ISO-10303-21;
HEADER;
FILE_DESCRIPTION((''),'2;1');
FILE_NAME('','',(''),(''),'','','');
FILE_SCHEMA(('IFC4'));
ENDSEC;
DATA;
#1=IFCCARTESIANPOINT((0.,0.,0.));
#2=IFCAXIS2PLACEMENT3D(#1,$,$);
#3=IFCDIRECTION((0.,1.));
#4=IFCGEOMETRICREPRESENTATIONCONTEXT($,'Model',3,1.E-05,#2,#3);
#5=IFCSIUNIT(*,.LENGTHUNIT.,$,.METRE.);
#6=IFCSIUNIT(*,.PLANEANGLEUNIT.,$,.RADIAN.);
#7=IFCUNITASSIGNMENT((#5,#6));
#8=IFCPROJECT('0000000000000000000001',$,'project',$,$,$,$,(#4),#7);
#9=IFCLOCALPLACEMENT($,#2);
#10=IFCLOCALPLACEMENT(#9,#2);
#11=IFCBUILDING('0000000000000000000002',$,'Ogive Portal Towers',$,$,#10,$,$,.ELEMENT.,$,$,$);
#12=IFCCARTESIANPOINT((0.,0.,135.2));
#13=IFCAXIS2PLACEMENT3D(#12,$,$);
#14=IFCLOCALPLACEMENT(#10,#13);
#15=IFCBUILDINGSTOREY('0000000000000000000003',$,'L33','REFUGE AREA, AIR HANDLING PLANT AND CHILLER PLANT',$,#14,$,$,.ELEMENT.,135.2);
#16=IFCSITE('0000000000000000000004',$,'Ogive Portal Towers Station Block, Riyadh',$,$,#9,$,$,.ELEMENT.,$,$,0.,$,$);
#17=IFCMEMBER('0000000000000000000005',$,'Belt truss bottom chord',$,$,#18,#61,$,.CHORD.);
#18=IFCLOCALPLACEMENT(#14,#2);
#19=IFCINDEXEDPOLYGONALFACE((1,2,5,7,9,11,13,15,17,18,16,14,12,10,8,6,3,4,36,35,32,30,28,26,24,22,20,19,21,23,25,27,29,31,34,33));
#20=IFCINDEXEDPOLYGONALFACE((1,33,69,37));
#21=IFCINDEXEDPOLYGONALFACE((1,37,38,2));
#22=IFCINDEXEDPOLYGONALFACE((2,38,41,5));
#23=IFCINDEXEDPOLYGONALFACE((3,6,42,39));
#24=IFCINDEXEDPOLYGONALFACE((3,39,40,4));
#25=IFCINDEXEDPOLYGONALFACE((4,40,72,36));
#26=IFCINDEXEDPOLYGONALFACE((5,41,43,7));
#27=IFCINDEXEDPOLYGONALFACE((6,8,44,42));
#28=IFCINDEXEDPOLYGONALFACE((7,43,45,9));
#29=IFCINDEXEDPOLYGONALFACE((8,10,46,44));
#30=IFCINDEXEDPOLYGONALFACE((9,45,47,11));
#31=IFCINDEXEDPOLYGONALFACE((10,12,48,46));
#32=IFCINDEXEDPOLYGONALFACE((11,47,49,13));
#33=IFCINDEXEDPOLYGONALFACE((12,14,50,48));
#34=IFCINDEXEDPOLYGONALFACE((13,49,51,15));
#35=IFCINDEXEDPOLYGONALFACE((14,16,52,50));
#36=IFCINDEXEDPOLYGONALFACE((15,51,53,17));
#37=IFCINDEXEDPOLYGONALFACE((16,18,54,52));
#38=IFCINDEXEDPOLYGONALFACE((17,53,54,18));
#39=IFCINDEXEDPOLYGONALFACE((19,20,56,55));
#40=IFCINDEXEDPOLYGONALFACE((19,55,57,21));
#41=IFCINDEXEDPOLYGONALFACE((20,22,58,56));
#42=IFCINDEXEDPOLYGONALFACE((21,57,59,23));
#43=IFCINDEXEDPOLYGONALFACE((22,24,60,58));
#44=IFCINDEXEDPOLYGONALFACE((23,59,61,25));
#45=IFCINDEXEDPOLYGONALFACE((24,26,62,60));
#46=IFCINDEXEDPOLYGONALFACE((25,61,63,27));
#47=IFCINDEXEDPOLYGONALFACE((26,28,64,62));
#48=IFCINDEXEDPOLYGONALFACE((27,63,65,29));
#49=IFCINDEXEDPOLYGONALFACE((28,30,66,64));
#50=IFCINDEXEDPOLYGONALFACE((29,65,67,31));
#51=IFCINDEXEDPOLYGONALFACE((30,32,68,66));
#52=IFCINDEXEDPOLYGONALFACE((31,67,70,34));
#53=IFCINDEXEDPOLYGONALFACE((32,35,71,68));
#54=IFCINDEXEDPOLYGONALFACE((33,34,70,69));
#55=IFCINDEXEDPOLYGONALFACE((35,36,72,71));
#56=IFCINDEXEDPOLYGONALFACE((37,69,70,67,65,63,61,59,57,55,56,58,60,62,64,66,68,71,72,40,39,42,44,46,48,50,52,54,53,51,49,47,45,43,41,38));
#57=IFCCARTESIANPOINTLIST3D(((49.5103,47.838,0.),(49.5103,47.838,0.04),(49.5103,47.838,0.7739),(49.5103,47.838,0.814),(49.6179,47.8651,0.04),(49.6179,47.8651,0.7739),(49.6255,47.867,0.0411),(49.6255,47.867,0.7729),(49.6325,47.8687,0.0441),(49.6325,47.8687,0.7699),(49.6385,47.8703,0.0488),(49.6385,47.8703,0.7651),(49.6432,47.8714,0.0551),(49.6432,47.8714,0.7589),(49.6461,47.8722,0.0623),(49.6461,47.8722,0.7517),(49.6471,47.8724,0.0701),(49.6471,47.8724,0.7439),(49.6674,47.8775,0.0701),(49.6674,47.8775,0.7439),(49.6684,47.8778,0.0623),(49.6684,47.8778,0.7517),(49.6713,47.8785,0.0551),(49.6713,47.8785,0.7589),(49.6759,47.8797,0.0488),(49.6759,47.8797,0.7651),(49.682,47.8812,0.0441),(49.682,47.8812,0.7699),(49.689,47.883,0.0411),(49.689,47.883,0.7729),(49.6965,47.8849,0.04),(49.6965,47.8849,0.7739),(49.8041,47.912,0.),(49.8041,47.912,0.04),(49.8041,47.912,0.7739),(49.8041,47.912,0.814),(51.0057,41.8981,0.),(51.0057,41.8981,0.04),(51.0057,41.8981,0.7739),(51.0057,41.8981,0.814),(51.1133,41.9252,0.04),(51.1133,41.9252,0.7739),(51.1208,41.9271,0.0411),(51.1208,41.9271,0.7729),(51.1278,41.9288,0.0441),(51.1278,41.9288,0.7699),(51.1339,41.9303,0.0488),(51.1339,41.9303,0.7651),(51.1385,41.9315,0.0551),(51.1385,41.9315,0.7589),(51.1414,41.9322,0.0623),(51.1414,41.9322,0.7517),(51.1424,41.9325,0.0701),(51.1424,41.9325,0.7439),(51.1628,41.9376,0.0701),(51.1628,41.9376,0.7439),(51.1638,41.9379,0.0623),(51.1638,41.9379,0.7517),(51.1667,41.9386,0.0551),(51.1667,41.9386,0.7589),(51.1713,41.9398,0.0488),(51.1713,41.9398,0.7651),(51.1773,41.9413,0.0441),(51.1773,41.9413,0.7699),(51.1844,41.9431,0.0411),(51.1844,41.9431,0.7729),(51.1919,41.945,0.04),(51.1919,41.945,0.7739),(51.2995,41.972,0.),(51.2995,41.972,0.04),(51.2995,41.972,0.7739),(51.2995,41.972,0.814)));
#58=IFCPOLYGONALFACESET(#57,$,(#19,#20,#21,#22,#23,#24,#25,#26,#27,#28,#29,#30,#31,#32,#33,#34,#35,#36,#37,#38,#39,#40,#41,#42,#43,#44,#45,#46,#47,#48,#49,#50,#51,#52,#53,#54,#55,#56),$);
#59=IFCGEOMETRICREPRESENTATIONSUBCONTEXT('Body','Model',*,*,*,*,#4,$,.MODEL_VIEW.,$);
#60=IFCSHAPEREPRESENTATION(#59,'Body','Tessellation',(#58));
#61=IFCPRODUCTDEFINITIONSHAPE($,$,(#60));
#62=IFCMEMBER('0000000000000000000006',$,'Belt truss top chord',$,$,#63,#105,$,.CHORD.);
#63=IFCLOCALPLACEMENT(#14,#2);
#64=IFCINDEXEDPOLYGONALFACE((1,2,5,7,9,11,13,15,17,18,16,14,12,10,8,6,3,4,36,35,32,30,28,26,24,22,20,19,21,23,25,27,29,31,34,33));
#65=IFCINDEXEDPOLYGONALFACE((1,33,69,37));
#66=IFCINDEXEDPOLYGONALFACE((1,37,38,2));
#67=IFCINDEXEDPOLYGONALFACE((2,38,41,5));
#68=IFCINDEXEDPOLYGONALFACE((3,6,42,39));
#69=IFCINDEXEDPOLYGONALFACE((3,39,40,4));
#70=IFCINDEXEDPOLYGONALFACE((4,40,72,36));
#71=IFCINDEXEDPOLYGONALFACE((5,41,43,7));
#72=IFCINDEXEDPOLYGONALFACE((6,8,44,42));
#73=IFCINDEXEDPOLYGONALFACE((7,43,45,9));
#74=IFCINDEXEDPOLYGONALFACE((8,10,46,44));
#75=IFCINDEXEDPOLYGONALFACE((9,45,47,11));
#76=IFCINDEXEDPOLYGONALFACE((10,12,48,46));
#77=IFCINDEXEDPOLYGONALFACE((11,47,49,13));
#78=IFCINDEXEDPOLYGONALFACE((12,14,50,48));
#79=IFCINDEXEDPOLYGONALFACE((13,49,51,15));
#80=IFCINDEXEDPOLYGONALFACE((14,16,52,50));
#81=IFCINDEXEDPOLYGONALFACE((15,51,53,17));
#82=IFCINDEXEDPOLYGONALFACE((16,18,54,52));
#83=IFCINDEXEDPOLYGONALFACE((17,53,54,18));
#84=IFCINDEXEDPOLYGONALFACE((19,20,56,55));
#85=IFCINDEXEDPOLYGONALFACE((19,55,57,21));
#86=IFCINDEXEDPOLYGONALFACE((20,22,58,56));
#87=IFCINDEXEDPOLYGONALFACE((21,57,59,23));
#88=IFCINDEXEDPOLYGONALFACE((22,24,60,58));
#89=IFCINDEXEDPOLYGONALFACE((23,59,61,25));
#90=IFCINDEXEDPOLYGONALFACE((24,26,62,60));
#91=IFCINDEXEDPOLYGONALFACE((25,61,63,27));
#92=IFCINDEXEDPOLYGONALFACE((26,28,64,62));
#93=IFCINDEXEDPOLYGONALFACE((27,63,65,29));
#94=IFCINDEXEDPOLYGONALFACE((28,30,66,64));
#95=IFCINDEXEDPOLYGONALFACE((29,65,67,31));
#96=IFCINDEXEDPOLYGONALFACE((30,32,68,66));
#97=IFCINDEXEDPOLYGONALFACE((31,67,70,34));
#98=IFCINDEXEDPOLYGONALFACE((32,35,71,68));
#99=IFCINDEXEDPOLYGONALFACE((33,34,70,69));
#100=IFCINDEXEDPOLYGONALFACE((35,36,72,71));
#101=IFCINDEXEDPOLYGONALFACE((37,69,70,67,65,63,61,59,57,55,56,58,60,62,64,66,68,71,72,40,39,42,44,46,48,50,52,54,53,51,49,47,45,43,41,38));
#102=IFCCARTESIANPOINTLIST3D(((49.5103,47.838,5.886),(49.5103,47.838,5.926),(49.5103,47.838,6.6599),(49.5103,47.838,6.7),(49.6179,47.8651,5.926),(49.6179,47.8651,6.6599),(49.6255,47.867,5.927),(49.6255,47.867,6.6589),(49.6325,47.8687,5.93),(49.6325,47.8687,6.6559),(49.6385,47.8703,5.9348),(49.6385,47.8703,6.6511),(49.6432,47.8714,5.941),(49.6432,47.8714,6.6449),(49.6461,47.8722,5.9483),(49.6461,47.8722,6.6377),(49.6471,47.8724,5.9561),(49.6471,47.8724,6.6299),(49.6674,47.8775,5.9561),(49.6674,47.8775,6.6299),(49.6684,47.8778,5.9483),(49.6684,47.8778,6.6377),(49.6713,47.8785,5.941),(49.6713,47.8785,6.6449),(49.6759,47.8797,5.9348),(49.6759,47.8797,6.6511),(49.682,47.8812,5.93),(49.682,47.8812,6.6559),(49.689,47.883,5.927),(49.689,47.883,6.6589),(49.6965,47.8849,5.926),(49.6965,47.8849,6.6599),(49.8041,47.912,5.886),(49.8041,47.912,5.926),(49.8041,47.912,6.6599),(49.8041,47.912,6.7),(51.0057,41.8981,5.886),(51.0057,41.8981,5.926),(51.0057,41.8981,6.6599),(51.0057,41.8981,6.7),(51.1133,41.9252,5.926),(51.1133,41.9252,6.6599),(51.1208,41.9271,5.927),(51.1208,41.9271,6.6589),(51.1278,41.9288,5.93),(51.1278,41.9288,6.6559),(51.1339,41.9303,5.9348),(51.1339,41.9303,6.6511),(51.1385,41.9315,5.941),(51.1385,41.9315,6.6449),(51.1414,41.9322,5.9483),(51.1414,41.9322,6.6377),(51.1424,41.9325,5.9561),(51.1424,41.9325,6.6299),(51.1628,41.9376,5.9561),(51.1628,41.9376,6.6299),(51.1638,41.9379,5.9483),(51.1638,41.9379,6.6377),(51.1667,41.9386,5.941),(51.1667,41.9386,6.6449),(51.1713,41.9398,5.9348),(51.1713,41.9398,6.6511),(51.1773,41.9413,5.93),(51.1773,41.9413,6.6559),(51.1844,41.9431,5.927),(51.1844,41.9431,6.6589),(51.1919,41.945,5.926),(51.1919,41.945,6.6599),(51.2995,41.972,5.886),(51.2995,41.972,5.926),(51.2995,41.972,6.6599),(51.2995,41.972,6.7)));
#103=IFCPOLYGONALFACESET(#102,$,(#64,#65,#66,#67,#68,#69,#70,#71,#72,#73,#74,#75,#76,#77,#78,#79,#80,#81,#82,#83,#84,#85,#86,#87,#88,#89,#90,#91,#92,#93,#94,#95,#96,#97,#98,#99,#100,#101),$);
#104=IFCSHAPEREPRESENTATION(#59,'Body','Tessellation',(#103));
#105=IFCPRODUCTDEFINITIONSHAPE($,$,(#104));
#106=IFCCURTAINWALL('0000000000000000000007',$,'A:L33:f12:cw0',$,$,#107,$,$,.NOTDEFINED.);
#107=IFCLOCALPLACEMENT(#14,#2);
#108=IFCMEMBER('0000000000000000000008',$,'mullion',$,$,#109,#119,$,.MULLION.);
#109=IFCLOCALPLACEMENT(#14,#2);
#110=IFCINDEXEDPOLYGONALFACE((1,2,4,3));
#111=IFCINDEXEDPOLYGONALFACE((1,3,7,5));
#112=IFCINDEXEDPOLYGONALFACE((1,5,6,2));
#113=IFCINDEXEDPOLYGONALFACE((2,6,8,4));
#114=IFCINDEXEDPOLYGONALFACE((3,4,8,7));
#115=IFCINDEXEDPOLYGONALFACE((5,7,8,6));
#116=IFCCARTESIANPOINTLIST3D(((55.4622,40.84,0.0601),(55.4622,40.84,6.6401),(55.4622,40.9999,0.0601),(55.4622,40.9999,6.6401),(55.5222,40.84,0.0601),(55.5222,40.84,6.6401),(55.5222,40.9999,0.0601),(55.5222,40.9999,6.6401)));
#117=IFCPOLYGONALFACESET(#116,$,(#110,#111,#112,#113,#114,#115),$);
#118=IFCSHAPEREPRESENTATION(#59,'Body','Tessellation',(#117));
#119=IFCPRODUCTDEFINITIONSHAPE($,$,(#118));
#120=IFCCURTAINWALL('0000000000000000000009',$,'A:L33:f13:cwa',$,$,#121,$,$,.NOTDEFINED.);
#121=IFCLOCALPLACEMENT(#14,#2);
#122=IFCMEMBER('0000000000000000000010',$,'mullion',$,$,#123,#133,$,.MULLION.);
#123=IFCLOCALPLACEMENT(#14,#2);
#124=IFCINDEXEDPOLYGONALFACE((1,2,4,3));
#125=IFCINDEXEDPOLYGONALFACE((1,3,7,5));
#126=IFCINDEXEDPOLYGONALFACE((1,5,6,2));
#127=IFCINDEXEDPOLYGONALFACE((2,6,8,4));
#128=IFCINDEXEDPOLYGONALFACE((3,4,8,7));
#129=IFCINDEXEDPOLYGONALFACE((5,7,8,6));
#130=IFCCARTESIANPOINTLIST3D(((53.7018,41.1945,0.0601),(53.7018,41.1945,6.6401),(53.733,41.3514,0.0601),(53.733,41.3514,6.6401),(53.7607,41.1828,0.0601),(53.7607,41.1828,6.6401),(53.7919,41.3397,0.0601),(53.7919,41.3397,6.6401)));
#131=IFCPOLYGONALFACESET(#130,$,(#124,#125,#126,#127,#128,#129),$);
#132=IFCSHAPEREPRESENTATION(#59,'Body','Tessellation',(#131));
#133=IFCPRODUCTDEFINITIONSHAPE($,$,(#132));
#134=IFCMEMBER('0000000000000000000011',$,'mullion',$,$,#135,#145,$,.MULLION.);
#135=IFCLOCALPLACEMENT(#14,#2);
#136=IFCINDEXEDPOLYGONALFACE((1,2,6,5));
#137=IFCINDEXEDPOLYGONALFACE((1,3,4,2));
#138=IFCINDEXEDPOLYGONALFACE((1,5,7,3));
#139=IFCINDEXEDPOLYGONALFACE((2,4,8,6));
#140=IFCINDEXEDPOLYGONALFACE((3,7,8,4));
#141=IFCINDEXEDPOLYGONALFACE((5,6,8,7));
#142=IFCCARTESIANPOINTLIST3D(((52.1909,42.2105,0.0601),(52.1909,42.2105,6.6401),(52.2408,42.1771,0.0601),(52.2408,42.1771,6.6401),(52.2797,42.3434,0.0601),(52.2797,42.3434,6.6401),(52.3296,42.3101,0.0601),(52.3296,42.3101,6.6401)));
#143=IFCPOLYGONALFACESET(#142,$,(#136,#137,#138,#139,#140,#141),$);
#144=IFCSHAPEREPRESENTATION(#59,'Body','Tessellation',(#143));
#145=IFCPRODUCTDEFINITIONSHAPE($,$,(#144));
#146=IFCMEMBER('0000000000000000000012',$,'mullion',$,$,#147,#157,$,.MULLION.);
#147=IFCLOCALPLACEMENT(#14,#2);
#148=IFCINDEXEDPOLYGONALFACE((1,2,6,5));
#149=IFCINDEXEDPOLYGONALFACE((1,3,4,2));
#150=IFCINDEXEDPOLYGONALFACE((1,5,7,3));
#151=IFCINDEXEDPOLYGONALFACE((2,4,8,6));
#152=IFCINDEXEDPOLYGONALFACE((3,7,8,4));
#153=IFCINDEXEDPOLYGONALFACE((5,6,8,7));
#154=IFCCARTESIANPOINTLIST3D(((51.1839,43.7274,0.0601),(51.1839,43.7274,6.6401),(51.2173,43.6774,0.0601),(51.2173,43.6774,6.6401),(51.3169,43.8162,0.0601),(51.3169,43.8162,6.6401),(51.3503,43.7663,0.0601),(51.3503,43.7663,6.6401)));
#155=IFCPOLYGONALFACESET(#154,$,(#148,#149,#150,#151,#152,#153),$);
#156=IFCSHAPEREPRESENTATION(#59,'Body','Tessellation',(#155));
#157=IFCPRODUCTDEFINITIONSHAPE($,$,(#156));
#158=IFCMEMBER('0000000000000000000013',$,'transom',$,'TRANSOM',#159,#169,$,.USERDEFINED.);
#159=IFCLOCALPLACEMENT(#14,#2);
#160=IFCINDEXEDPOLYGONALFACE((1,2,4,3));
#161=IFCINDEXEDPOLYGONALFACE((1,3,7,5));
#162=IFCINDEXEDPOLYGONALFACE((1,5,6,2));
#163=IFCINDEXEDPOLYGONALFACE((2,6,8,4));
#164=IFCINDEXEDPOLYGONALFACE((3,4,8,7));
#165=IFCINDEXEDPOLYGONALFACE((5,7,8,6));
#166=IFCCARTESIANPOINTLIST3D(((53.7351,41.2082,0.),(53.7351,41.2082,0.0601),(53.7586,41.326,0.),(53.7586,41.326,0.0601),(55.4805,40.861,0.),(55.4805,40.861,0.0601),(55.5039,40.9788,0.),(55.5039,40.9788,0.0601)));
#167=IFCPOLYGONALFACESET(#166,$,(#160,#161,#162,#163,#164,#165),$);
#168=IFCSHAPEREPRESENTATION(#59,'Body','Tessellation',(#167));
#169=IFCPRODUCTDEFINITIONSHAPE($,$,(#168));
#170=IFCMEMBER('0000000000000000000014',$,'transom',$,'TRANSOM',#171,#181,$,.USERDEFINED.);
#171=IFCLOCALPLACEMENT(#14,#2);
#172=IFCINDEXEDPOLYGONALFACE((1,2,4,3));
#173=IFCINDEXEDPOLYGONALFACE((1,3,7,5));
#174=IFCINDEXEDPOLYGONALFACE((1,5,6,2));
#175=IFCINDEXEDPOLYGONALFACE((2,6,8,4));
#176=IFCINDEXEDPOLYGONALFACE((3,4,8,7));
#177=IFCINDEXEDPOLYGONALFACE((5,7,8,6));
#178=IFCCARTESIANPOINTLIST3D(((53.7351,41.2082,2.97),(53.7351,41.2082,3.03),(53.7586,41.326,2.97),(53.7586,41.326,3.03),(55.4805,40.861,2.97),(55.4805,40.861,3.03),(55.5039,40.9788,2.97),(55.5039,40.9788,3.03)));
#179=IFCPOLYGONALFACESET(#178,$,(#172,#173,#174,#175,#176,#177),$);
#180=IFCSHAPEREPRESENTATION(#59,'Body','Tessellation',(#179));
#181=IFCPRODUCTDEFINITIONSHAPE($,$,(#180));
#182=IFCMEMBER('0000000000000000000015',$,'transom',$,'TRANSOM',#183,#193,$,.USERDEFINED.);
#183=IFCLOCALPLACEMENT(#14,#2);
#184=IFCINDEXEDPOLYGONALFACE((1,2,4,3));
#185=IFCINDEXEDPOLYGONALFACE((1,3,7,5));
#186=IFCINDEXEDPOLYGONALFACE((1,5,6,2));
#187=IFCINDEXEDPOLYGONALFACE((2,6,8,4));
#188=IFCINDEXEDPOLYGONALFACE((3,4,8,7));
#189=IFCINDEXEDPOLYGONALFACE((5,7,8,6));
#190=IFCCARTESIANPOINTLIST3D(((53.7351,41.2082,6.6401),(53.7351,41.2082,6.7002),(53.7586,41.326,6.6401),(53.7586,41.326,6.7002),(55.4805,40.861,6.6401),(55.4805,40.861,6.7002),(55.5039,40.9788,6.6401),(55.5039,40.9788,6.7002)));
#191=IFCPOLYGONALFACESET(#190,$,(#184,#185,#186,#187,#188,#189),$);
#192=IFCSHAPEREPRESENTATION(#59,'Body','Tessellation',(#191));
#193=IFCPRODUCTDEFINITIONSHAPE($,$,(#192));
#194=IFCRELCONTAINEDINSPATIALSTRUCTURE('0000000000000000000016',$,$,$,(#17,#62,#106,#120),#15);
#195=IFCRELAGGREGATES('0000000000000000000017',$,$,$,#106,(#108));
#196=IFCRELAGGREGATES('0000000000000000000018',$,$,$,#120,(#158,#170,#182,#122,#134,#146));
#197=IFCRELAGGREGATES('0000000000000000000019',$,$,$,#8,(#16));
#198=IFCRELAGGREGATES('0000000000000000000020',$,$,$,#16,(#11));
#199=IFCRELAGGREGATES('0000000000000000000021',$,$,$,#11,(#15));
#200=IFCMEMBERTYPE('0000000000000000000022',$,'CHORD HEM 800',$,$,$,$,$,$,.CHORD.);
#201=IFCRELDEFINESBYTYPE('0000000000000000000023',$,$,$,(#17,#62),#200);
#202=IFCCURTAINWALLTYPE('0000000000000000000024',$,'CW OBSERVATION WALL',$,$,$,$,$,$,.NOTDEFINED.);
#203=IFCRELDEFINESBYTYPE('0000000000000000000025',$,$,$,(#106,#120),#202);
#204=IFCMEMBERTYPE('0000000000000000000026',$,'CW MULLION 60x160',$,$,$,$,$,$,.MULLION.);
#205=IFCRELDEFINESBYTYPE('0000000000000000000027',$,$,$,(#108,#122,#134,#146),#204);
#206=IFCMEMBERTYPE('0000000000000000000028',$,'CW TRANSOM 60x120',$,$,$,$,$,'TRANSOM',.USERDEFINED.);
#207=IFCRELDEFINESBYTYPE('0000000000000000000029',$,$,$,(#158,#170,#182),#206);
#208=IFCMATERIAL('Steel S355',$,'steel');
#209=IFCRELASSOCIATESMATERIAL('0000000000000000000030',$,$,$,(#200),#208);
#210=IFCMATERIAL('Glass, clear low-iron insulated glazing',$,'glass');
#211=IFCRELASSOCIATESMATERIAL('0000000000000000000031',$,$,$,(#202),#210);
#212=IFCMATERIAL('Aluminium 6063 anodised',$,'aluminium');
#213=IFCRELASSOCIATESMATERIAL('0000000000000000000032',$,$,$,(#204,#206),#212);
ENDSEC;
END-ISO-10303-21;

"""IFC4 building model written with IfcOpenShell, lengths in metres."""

from ifc_helpers import new_model, si_unit, direction, frame, origin, origin_2d, place, context, subcontext, project, spatial, rectangle, i_section, extrude, material, material_profile, profile_set, type_object, element, aggregate, save


model = new_model("IFC4")

# Units and contexts
model_context = context("Model", 3, precision=1e-05, world=origin(), true_north=direction((0.0, 1.0)))
body_context = subcontext(model_context, "Body", "Model", "MODEL_VIEW")
ifc_project = project(units=[si_unit("LENGTHUNIT", "METRE"), si_unit("PLANEANGLEUNIT", "RADIAN")], contexts=[model_context])

# Site, building, storey
site_placement = place(None, origin())
site = spatial("IfcSite", under=ifc_project, at=site_placement, Name="Ogive Portal Towers Station Block, Riyadh", CompositionType="ELEMENT", RefElevation=0.0)
building_placement = place(site_placement, origin())
building = spatial("IfcBuilding", under=site, at=building_placement, Name="Ogive Portal Towers", CompositionType="ELEMENT")
storey_placement = place(building_placement, frame((0.0, 0.0, 135.2)))
storey = spatial("IfcBuildingStorey", under=building, at=storey_placement, Name="L33", Description="REFUGE AREA, AIR HANDLING PLANT AND CHILLER PLANT", CompositionType="ELEMENT", Elevation=135.2)

# Members
ifc_material_1 = material(Name="Steel S355", Category="steel")
ifc_material_profile_1 = material_profile(ifc_material_1, i_section(OverallWidth=0.303, OverallDepth=0.814, WebThickness=0.021, FlangeThickness=0.04, FilletRadius=0.03, at=origin_2d()), Name="HEM 800")
ifc_profile_set_1 = profile_set([ifc_material_profile_1], Name="Steel S355")
member_type_1 = type_object("IfcMemberType", Name="CHORD HEM 800", PredefinedType="CHORD", material=ifc_profile_set_1)
for number, where, z_axis, x_axis, name in (
    (1, (51.1526, 41.9351, 0.407), (-0.24413, 0.969743, 0.0), (-0.969743, -0.24413, 0.0), "Belt truss bottom chord"),
    (2, (51.1526, 41.9351, 6.293), (-0.24413, 0.969743, 0.0), (-0.969743, -0.24413, 0.0), "Belt truss top chord"),
):
    element("IfcMember", number, at=place(storey_placement, frame(where, z_axis=z_axis, x_axis=x_axis)), inside=storey, type_object=member_type_1, Name=name, PredefinedType="CHORD", context=body_context, shape_type="SweptSolid", body=[
        extrude(i_section(OverallWidth=0.303, OverallDepth=0.814, WebThickness=0.021, FlangeThickness=0.04, FilletRadius=0.03, at=origin_2d()), origin(), (0.0, 0.0, 1.0), 6.1252),
    ])

# Curtain wall, member
ifc_material_2 = material(Name="Glass, clear low-iron insulated glazing", Category="glass")
curtain_wall_type = type_object("IfcCurtainWallType", Name="CW OBSERVATION WALL", PredefinedType="NOTDEFINED", material=ifc_material_2)
curtain_wall_1_placement = place(storey_placement, origin())
curtain_wall_1 = element("IfcCurtainWall", 3, at=curtain_wall_1_placement, inside=storey, type_object=curtain_wall_type, Name="A:L33:f12:cw0", PredefinedType="NOTDEFINED")
ifc_material_3 = material(Name="Aluminium 6063 anodised", Category="aluminium")
ifc_material_profile_2 = material_profile(ifc_material_3, rectangle(XDim=0.1599, YDim=0.0601, at=origin_2d()), Name="AL 60x160")
ifc_profile_set_2 = profile_set([ifc_material_profile_2], Name="Aluminium 6063 anodised")
member_type_2 = type_object("IfcMemberType", Name="CW MULLION 60x160", PredefinedType="MULLION", material=ifc_profile_set_2)
member_1_placement = place(storey_placement, frame((55.4922, 40.9199, 0.0601), z_axis=(0.0, 0.0, 1.0), x_axis=(0.0, -1.0, 0.0)))
member_1 = element("IfcMember", 4, at=member_1_placement, type_object=member_type_2, Name="mullion", PredefinedType="MULLION", context=body_context, shape_type="SweptSolid", body=[
    extrude(rectangle(XDim=0.1599, YDim=0.0601, at=origin_2d()), origin(), (0.0, 0.0, 1.0), 6.5801),
])
aggregate(curtain_wall_1, [member_1])

# Curtain wall, members
curtain_wall_2_placement = place(storey_placement, origin())
curtain_wall_2 = element("IfcCurtainWall", 5, at=curtain_wall_2_placement, inside=storey, type_object=curtain_wall_type, Name="A:L33:f13:cwa", PredefinedType="NOTDEFINED")
member_2_placement = place(storey_placement, frame((53.7468, 41.2671, 0.0601), z_axis=(0.0, 0.0, 1.0), x_axis=(-0.19509, -0.980785, 0.0)))
member_2 = element("IfcMember", 6, at=member_2_placement, type_object=member_type_2, Name="mullion", PredefinedType="MULLION", context=body_context, shape_type="SweptSolid", body=[
    extrude(rectangle(XDim=0.1599, YDim=0.0601, at=origin_2d()), origin(), (0.0, 0.0, 1.0), 6.5801),
])
member_3_placement = place(storey_placement, frame((52.2603, 42.2603, 0.0601), z_axis=(0.0, 0.0, 1.0), x_axis=(-0.55557, -0.83147, 0.0)))
member_3 = element("IfcMember", 7, at=member_3_placement, type_object=member_type_2, Name="mullion", PredefinedType="MULLION", context=body_context, shape_type="SweptSolid", body=[
    extrude(rectangle(XDim=0.1599, YDim=0.0601, at=origin_2d()), origin(), (0.0, 0.0, 1.0), 6.5801),
])
member_4_placement = place(storey_placement, frame((51.2671, 43.7468, 0.0601), z_axis=(0.0, 0.0, 1.0), x_axis=(-0.83147, -0.55557, 0.0)))
member_4 = element("IfcMember", 8, at=member_4_placement, type_object=member_type_2, Name="mullion", PredefinedType="MULLION", context=body_context, shape_type="SweptSolid", body=[
    extrude(rectangle(XDim=0.1599, YDim=0.0601, at=origin_2d()), origin(), (0.0, 0.0, 1.0), 6.5801),
])
ifc_material_profile_3 = material_profile(ifc_material_3, rectangle(XDim=0.1201, YDim=0.0601, at=origin_2d()), Name="AL 120x60")
ifc_profile_set_3 = profile_set([ifc_material_profile_3], Name="Aluminium 6063 anodised")
member_type_3 = type_object("IfcMemberType", Name="CW TRANSOM 60x120", ElementType="TRANSOM", PredefinedType="USERDEFINED", material=ifc_profile_set_3)
member_5_placement = place(storey_placement, frame((55.4922, 40.9199, 0.03), z_axis=(-0.980786, 0.195087, 0.0), x_axis=(-0.195087, -0.980786, 0.0)))
member_5 = element("IfcMember", 9, at=member_5_placement, type_object=member_type_3, Name="transom", ObjectType="TRANSOM", PredefinedType="USERDEFINED", context=body_context, shape_type="SweptSolid", body=[
    extrude(rectangle(XDim=0.1201, YDim=0.0601, at=origin_2d()), origin(), (0.0, 0.0, 1.0), 1.7795),
])
member_6_placement = place(storey_placement, frame((55.4922, 40.9199, 3.0), z_axis=(-0.980786, 0.195087, 0.0), x_axis=(-0.195087, -0.980786, 0.0)))
member_6 = element("IfcMember", 10, at=member_6_placement, type_object=member_type_3, Name="transom", ObjectType="TRANSOM", PredefinedType="USERDEFINED", context=body_context, shape_type="SweptSolid", body=[
    extrude(rectangle(XDim=0.1201, YDim=0.0601, at=origin_2d()), origin(), (0.0, 0.0, 1.0), 1.7795),
])
member_7_placement = place(storey_placement, frame((55.4922, 40.9199, 6.6702), z_axis=(-0.980786, 0.195087, 0.0), x_axis=(-0.195087, -0.980786, 0.0)))
member_7 = element("IfcMember", 11, at=member_7_placement, type_object=member_type_3, Name="transom", ObjectType="TRANSOM", PredefinedType="USERDEFINED", context=body_context, shape_type="SweptSolid", body=[
    extrude(rectangle(XDim=0.1201, YDim=0.0601, at=origin_2d()), origin(), (0.0, 0.0, 1.0), 1.7795),
])
aggregate(curtain_wall_2, [member_5, member_6, member_7, member_2, member_3, member_4])

save(model, "model.ifc")
